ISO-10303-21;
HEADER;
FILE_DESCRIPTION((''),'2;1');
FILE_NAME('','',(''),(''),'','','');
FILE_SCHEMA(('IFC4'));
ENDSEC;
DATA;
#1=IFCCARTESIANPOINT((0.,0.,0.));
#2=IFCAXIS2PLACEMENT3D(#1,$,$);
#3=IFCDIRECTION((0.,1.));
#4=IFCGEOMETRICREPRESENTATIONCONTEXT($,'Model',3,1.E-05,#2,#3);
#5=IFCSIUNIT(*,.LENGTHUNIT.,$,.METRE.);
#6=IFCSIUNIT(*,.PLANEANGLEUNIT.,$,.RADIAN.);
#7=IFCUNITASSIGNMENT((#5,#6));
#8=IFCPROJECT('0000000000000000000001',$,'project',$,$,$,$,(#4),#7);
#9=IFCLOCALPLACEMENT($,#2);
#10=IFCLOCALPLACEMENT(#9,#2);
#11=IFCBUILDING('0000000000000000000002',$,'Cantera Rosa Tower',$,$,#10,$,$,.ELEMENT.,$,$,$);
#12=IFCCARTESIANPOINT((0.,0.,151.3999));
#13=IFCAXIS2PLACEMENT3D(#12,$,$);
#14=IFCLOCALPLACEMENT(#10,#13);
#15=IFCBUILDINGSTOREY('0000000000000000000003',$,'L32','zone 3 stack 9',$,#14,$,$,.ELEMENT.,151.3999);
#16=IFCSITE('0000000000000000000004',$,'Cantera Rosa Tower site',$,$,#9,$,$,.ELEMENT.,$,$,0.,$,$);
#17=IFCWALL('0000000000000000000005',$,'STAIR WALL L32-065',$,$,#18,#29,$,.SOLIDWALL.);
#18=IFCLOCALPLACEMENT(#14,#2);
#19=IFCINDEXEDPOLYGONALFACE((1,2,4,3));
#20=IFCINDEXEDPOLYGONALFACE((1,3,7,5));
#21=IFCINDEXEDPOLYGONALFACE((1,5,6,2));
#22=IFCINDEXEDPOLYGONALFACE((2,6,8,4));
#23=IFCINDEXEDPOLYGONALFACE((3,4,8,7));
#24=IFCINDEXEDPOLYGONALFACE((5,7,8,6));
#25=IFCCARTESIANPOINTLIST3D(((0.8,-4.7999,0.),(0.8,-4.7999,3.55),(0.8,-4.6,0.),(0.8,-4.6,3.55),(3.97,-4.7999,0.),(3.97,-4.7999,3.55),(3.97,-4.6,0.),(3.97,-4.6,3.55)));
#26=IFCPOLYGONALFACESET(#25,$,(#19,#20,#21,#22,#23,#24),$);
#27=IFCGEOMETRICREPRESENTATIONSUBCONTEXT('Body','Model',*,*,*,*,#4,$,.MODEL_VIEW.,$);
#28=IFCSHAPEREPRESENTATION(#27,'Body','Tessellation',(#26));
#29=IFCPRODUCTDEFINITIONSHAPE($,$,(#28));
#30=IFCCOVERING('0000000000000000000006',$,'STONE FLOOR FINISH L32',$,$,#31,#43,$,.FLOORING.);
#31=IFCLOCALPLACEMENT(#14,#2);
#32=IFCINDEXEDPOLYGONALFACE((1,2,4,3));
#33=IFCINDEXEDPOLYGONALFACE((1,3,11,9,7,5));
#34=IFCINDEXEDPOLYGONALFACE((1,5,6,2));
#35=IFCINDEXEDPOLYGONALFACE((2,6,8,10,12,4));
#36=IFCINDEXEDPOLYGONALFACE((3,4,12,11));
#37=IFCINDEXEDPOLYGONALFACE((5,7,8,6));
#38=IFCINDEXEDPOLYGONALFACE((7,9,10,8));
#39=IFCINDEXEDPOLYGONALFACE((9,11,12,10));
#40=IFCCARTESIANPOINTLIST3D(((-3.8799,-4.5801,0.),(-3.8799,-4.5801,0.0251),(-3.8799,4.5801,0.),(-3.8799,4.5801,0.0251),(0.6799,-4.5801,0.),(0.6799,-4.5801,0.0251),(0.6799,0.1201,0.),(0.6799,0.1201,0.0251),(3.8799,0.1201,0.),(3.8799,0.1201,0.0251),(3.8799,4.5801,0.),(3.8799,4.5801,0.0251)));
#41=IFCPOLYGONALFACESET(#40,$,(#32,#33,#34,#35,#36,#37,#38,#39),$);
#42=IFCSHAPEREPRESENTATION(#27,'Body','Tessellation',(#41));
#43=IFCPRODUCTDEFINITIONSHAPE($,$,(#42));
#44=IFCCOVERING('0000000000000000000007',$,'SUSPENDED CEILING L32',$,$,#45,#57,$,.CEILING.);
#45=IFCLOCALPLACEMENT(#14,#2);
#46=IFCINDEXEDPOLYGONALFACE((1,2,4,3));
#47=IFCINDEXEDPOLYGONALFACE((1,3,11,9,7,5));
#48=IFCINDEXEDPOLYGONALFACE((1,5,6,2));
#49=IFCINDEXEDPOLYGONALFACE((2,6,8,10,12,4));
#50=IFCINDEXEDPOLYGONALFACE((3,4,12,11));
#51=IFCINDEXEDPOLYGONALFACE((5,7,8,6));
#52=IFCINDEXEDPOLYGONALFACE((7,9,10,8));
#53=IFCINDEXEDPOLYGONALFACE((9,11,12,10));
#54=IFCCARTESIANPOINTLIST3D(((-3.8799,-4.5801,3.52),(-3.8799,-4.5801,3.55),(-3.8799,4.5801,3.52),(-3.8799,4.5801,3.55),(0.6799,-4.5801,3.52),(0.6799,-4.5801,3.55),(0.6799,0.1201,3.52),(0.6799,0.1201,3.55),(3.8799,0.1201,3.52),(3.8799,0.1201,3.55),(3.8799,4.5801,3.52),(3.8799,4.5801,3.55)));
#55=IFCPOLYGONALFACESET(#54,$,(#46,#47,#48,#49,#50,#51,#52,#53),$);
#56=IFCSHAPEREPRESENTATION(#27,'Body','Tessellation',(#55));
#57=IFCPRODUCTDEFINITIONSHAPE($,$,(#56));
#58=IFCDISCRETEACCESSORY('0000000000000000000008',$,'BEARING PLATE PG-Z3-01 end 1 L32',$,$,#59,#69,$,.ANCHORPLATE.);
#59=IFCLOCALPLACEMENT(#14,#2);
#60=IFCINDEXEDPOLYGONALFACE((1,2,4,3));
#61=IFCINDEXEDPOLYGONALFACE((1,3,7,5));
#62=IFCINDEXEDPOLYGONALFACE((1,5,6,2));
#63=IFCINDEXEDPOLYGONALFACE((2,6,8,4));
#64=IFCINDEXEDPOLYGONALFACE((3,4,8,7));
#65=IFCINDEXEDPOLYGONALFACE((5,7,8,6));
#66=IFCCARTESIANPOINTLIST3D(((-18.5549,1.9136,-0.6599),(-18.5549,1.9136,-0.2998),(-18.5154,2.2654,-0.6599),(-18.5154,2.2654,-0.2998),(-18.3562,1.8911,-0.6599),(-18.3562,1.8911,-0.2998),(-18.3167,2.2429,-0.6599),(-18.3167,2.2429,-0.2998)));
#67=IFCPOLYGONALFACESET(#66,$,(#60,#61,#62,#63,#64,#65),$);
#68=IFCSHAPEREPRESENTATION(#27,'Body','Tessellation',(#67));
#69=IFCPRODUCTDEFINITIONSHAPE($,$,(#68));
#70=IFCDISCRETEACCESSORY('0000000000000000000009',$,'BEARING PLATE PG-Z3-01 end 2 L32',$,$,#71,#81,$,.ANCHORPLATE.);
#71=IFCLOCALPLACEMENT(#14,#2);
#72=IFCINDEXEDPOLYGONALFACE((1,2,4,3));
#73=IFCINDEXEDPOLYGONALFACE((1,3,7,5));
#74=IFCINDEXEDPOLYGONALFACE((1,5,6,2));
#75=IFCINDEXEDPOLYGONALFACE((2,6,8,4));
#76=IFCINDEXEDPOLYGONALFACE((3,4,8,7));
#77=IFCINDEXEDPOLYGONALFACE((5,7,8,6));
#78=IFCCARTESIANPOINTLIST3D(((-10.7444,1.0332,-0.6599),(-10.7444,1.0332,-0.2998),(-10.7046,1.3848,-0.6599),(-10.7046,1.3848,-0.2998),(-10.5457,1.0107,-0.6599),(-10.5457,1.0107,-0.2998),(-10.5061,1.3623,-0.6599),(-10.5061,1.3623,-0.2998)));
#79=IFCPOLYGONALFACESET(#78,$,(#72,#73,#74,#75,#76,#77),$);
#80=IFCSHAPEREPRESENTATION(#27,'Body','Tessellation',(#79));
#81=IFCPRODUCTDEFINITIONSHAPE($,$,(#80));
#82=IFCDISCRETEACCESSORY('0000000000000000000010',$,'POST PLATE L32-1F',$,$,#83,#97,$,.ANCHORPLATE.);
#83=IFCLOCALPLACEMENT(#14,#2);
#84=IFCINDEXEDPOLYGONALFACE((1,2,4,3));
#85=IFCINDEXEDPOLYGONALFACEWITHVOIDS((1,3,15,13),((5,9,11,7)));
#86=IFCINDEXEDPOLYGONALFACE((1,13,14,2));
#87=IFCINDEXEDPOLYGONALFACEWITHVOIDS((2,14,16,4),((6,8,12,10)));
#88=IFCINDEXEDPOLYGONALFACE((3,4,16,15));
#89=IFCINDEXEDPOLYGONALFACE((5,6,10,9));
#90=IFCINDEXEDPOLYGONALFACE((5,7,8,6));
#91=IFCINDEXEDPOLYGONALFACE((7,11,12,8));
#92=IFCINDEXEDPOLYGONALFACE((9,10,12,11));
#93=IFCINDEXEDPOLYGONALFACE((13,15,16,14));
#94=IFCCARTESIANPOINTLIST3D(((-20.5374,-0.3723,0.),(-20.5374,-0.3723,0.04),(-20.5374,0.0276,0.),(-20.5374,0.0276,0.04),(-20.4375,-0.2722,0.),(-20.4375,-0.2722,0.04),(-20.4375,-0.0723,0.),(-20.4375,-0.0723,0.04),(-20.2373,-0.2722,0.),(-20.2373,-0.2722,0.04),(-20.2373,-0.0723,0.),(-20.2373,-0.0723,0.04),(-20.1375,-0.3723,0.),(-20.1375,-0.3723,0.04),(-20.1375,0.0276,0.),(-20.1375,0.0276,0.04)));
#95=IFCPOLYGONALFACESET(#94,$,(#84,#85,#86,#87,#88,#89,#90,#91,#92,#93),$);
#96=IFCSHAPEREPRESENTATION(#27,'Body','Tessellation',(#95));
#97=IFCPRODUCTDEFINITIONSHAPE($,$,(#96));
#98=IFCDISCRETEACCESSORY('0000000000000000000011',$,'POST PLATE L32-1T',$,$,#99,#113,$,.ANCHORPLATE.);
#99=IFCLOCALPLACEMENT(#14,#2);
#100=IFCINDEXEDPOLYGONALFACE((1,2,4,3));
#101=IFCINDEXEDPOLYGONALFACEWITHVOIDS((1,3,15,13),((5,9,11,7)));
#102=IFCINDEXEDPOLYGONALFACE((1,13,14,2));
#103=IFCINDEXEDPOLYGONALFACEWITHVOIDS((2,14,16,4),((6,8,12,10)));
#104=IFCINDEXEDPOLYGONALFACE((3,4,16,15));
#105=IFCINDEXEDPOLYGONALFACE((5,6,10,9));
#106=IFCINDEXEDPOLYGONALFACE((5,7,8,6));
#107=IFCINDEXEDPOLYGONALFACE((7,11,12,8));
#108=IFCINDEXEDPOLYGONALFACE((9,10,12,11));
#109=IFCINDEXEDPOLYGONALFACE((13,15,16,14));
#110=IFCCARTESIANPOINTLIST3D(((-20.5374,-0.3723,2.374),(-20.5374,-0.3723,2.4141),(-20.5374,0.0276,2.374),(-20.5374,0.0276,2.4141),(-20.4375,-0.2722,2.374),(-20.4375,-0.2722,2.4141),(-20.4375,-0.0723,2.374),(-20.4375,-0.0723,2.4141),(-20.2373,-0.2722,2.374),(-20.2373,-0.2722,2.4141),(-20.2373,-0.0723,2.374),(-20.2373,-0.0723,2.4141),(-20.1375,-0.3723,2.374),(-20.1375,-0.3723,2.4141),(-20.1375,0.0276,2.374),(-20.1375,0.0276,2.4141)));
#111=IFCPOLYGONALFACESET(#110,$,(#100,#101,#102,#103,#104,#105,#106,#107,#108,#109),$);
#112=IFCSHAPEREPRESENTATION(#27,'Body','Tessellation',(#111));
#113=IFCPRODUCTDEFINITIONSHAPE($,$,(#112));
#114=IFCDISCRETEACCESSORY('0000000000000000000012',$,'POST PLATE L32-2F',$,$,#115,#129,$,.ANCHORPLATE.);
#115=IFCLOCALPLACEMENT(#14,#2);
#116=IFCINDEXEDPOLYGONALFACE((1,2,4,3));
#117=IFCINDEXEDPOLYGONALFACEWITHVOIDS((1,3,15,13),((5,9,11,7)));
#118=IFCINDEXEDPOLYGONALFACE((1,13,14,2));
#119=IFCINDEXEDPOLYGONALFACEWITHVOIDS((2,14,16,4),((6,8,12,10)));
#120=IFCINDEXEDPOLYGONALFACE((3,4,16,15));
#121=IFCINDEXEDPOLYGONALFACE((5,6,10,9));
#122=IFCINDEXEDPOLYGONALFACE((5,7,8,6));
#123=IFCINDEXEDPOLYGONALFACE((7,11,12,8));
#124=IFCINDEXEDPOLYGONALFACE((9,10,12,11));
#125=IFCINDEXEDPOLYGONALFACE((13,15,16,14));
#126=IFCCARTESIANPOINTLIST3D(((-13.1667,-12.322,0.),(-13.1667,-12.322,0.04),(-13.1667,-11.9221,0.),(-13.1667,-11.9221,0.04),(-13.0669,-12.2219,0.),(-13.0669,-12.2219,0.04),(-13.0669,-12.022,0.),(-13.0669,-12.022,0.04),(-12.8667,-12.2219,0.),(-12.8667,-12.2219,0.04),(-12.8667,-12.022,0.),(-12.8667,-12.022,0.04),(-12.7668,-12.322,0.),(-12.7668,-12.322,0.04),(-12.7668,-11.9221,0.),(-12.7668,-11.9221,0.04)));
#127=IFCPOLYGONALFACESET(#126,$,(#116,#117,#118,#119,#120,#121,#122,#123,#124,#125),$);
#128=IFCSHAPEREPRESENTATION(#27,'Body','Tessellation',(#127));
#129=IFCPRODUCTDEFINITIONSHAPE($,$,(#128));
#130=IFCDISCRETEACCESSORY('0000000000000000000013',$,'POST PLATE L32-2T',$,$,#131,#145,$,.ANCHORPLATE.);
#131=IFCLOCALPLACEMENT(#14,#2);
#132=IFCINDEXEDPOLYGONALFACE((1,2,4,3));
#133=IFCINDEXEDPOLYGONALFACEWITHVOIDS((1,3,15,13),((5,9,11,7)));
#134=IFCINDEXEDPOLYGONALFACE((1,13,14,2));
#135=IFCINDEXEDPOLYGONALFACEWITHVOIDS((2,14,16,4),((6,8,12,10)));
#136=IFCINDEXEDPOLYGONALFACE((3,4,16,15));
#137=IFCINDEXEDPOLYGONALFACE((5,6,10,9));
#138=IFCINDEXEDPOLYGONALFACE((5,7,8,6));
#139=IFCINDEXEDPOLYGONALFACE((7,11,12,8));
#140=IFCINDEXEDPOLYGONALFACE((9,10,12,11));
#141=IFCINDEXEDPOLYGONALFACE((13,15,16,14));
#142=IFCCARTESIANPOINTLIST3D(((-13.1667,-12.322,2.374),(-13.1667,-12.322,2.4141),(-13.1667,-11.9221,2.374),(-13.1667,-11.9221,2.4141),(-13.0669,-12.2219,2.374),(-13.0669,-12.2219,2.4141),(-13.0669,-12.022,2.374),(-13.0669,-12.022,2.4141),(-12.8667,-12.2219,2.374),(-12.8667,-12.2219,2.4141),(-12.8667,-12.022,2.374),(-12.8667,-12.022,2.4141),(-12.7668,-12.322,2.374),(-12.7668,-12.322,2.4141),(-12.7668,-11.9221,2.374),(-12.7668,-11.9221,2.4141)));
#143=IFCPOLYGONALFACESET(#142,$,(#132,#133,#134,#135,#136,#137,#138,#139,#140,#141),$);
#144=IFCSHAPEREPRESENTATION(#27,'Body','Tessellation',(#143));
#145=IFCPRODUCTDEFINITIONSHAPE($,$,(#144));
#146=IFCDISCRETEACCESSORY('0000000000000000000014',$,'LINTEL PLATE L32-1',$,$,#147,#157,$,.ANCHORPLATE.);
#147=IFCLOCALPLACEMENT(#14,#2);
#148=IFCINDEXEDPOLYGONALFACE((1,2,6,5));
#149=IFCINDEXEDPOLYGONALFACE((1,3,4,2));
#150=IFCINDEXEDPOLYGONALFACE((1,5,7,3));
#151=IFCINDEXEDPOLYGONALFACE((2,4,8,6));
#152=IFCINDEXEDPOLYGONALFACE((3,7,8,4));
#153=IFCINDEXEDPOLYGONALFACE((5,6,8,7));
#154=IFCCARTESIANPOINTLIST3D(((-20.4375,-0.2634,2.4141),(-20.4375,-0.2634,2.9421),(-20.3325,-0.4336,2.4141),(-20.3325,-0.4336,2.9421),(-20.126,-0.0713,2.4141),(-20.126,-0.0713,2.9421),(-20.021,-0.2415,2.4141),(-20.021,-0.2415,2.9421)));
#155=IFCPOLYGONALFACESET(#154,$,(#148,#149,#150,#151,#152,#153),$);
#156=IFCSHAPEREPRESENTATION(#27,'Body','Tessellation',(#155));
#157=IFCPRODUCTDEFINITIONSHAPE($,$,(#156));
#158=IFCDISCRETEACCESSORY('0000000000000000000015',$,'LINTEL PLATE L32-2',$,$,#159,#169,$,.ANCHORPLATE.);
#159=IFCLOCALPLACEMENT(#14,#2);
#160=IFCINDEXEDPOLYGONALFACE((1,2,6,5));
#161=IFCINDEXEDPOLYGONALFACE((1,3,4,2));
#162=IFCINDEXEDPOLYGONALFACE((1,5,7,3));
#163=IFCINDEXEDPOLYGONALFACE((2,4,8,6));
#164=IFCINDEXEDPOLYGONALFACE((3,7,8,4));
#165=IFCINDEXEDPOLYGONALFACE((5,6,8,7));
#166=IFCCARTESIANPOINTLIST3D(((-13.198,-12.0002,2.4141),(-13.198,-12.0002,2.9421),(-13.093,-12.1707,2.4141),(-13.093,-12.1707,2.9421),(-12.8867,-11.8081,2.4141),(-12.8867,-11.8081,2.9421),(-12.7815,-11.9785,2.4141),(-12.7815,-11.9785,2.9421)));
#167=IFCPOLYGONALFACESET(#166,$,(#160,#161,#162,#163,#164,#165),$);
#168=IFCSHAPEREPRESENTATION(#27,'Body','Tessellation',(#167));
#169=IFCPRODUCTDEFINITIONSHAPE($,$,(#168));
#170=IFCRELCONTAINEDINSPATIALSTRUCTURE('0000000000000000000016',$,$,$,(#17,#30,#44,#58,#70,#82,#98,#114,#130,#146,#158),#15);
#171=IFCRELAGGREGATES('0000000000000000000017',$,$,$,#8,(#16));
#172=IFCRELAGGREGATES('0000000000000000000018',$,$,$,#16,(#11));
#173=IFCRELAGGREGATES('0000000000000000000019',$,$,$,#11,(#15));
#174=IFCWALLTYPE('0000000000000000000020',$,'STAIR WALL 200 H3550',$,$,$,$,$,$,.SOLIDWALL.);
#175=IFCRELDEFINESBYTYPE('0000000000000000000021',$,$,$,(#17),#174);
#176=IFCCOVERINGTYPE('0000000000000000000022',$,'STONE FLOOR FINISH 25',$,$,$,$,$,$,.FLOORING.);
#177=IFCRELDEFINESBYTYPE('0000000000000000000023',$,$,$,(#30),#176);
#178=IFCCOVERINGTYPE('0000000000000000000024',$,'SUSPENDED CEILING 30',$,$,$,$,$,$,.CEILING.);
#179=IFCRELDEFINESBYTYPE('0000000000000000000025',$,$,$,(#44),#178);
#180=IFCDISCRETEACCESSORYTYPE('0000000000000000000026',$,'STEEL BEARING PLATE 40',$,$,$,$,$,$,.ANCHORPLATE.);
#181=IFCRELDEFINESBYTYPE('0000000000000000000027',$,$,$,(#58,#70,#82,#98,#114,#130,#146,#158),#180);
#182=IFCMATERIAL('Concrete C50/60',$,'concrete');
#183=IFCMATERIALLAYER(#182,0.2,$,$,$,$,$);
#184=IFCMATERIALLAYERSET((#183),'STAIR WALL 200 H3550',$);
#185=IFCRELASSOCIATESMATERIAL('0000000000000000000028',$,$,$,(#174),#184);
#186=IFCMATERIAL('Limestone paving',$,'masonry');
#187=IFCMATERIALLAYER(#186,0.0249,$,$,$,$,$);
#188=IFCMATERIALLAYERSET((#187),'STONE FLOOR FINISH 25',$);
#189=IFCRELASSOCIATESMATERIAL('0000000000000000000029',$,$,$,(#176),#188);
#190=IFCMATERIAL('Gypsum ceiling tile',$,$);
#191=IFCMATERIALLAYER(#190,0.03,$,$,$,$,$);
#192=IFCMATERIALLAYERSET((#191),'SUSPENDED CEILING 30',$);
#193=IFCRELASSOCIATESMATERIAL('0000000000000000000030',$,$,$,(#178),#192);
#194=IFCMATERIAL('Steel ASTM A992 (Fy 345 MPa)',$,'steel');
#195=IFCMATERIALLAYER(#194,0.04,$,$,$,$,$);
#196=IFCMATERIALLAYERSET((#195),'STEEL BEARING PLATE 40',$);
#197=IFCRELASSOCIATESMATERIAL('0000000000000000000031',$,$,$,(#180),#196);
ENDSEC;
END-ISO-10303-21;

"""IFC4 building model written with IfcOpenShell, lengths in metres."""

from ifc_helpers import new_model, si_unit, direction, frame, frame_2d, origin, place, context, subcontext, project, spatial, polyline, rectangle, outline, extrude, material, layer, layer_set, type_object, element, save


model = new_model("IFC4")

# Units and contexts
model_context = context("Model", 3, precision=1e-05, world=origin(), true_north=direction((0.0, 1.0)))
body_context = subcontext(model_context, "Body", "Model", "MODEL_VIEW")
ifc_project = project(units=[si_unit("LENGTHUNIT", "METRE"), si_unit("PLANEANGLEUNIT", "RADIAN")], contexts=[model_context])

# Site, building, storey
site_placement = place(None, origin())
site = spatial("IfcSite", under=ifc_project, at=site_placement, Name="Cantera Rosa Tower site", CompositionType="ELEMENT", RefElevation=0.0)
building_placement = place(site_placement, origin())
building = spatial("IfcBuilding", under=site, at=building_placement, Name="Cantera Rosa Tower", CompositionType="ELEMENT")
storey_placement = place(building_placement, frame((0.0, 0.0, 151.3999)))
storey = spatial("IfcBuildingStorey", under=building, at=storey_placement, Name="L32", Description="zone 3 stack 9", CompositionType="ELEMENT", Elevation=151.3999)

# Shared definitions
ifc_material_1 = material(Name="Concrete C50/60", Category="concrete")
ifc_layer_1 = layer(ifc_material_1, 0.2)
ifc_layer_set_1 = layer_set([ifc_layer_1], Name="STAIR WALL 200 H3550")
wall_type_1 = type_object("IfcWallType", Name="STAIR WALL 200 H3550", PredefinedType="SOLIDWALL", material=ifc_layer_set_1)

# Wall
wall_1_placement = place(storey_placement, frame((3.97, -4.7, 0.0), z_axis=(0.0, 0.0, 1.0), x_axis=(-1.0, 0.0, 0.0)))
element("IfcWall", 1, at=wall_1_placement, inside=storey, type_object=wall_type_1, Name="STAIR WALL L32-065", PredefinedType="SOLIDWALL", context=body_context, shape_type="SweptSolid", body=[
    extrude(rectangle(XDim=3.1699, YDim=0.2, at=frame_2d((1.585, 0.0))), origin(), (0.0, 0.0, 1.0), 3.55),
])

# Coverings
ifc_material_2 = material(Name="Limestone paving", Category="masonry")
ifc_layer_2 = layer(ifc_material_2, 0.0249)
ifc_layer_set_2 = layer_set([ifc_layer_2], Name="STONE FLOOR FINISH 25")
covering_type_1 = type_object("IfcCoveringType", Name="STONE FLOOR FINISH 25", PredefinedType="FLOORING", material=ifc_layer_set_2)
covering_1_placement = place(storey_placement, origin())
element("IfcCovering", 2, at=covering_1_placement, inside=storey, type_object=covering_type_1, Name="STONE FLOOR FINISH L32", PredefinedType="FLOORING", context=body_context, shape_type="SweptSolid", body=[
    extrude(outline(polyline([(3.8799, 4.5801), (3.8799, 0.1201), (0.6799, 0.1201), (0.6799, -4.5801), (-3.8799, -4.5801), (-3.8799, 4.5801), (3.8799, 4.5801)])), origin(), (0.0, 0.0, 1.0), 0.0251),
])
ifc_material_3 = material(Name="Gypsum ceiling tile")
ifc_layer_3 = layer(ifc_material_3, 0.03)
ifc_layer_set_3 = layer_set([ifc_layer_3], Name="SUSPENDED CEILING 30")
covering_type_2 = type_object("IfcCoveringType", Name="SUSPENDED CEILING 30", PredefinedType="CEILING", material=ifc_layer_set_3)
covering_2_placement = place(storey_placement, frame((0.0, 0.0, 3.52)))
element("IfcCovering", 3, at=covering_2_placement, inside=storey, type_object=covering_type_2, Name="SUSPENDED CEILING L32", PredefinedType="CEILING", context=body_context, shape_type="SweptSolid", body=[
    extrude(outline(polyline([(3.8799, 4.5801), (3.8799, 0.1201), (0.6799, 0.1201), (0.6799, -4.5801), (-3.8799, -4.5801), (-3.8799, 4.5801), (3.8799, 4.5801)])), origin(), (0.0, 0.0, 1.0), 0.03),
])

# Discrete accessories
ifc_material_4 = material(Name="Steel ASTM A992 (Fy 345 MPa)", Category="steel")
ifc_layer_4 = layer(ifc_material_4, 0.04)
ifc_layer_set_4 = layer_set([ifc_layer_4], Name="STEEL BEARING PLATE 40")
discrete_accessory_type = type_object("IfcDiscreteAccessoryType", Name="STEEL BEARING PLATE 40", PredefinedType="ANCHORPLATE", material=ifc_layer_set_4)
discrete_accessory_1_placement = place(storey_placement, frame((0.0, 0.0, -0.6599)))
element("IfcDiscreteAccessory", 4, at=discrete_accessory_1_placement, inside=storey, type_object=discrete_accessory_type, Name="BEARING PLATE PG-Z3-01 end 1 L32", PredefinedType="ANCHORPLATE", context=body_context, shape_type="SweptSolid", body=[
    extrude(outline(polyline([(-18.3167, 2.2429), (-18.5154, 2.2654), (-18.5549, 1.9136), (-18.3562, 1.8911), (-18.3167, 2.2429)])), origin(), (0.0, 0.0, 1.0), 0.3601),
])
discrete_accessory_2_placement = place(storey_placement, frame((0.0, 0.0, -0.6599)))
element("IfcDiscreteAccessory", 5, at=discrete_accessory_2_placement, inside=storey, type_object=discrete_accessory_type, Name="BEARING PLATE PG-Z3-01 end 2 L32", PredefinedType="ANCHORPLATE", context=body_context, shape_type="SweptSolid", body=[
    extrude(outline(polyline([(-10.7444, 1.0332), (-10.5457, 1.0107), (-10.5061, 1.3623), (-10.7046, 1.3848), (-10.7444, 1.0332)])), origin(), (0.0, 0.0, 1.0), 0.3601),
])
for number, where, name in (
    (6, (0.0, 0.0, 0.0), "POST PLATE L32-1F"),
    (7, (0.0, 0.0, 2.374), "POST PLATE L32-1T"),
):
    element("IfcDiscreteAccessory", number, at=place(storey_placement, frame(where)), inside=storey, type_object=discrete_accessory_type, Name=name, PredefinedType="ANCHORPLATE", context=body_context, shape_type="SweptSolid", body=[
        extrude(outline(polyline([(-20.5374, -0.3723), (-20.1375, -0.3723), (-20.1375, 0.0276), (-20.5374, 0.0276), (-20.5374, -0.3723)]), holes=[polyline([(-20.4375, -0.2722), (-20.2373, -0.2722), (-20.2373, -0.0723), (-20.4375, -0.0723), (-20.4375, -0.2722)])]), origin(), (0.0, 0.0, 1.0), 0.04),
    ])
for number, where, name in (
    (8, (0.0, 0.0, 0.0), "POST PLATE L32-2F"),
    (9, (0.0, 0.0, 2.374), "POST PLATE L32-2T"),
):
    element("IfcDiscreteAccessory", number, at=place(storey_placement, frame(where)), inside=storey, type_object=discrete_accessory_type, Name=name, PredefinedType="ANCHORPLATE", context=body_context, shape_type="SweptSolid", body=[
        extrude(outline(polyline([(-13.1667, -12.322), (-12.7668, -12.322), (-12.7668, -11.9221), (-13.1667, -11.9221), (-13.1667, -12.322)]), holes=[polyline([(-13.0669, -12.2219), (-12.8667, -12.2219), (-12.8667, -12.022), (-13.0669, -12.022), (-13.0669, -12.2219)])]), origin(), (0.0, 0.0, 1.0), 0.04),
    ])
discrete_accessory_3_placement = place(storey_placement, frame((0.0, 0.0, 2.4141)))
element("IfcDiscreteAccessory", 10, at=discrete_accessory_3_placement, inside=storey, type_object=discrete_accessory_type, Name="LINTEL PLATE L32-1", PredefinedType="ANCHORPLATE", context=body_context, shape_type="SweptSolid", body=[
    extrude(outline(polyline([(-20.021, -0.2415), (-20.126, -0.0713), (-20.4375, -0.2634), (-20.3325, -0.4336), (-20.021, -0.2415)])), origin(), (0.0, 0.0, 1.0), 0.5281),
])
discrete_accessory_4_placement = place(storey_placement, frame((0.0, 0.0, 2.4141)))
element("IfcDiscreteAccessory", 11, at=discrete_accessory_4_placement, inside=storey, type_object=discrete_accessory_type, Name="LINTEL PLATE L32-2", PredefinedType="ANCHORPLATE", context=body_context, shape_type="SweptSolid", body=[
    extrude(outline(polyline([(-13.198, -12.0002), (-13.093, -12.1707), (-12.7815, -11.9785), (-12.8867, -11.8081), (-13.198, -12.0002)])), origin(), (0.0, 0.0, 1.0), 0.5281),
])

save(model, "model.ifc")
